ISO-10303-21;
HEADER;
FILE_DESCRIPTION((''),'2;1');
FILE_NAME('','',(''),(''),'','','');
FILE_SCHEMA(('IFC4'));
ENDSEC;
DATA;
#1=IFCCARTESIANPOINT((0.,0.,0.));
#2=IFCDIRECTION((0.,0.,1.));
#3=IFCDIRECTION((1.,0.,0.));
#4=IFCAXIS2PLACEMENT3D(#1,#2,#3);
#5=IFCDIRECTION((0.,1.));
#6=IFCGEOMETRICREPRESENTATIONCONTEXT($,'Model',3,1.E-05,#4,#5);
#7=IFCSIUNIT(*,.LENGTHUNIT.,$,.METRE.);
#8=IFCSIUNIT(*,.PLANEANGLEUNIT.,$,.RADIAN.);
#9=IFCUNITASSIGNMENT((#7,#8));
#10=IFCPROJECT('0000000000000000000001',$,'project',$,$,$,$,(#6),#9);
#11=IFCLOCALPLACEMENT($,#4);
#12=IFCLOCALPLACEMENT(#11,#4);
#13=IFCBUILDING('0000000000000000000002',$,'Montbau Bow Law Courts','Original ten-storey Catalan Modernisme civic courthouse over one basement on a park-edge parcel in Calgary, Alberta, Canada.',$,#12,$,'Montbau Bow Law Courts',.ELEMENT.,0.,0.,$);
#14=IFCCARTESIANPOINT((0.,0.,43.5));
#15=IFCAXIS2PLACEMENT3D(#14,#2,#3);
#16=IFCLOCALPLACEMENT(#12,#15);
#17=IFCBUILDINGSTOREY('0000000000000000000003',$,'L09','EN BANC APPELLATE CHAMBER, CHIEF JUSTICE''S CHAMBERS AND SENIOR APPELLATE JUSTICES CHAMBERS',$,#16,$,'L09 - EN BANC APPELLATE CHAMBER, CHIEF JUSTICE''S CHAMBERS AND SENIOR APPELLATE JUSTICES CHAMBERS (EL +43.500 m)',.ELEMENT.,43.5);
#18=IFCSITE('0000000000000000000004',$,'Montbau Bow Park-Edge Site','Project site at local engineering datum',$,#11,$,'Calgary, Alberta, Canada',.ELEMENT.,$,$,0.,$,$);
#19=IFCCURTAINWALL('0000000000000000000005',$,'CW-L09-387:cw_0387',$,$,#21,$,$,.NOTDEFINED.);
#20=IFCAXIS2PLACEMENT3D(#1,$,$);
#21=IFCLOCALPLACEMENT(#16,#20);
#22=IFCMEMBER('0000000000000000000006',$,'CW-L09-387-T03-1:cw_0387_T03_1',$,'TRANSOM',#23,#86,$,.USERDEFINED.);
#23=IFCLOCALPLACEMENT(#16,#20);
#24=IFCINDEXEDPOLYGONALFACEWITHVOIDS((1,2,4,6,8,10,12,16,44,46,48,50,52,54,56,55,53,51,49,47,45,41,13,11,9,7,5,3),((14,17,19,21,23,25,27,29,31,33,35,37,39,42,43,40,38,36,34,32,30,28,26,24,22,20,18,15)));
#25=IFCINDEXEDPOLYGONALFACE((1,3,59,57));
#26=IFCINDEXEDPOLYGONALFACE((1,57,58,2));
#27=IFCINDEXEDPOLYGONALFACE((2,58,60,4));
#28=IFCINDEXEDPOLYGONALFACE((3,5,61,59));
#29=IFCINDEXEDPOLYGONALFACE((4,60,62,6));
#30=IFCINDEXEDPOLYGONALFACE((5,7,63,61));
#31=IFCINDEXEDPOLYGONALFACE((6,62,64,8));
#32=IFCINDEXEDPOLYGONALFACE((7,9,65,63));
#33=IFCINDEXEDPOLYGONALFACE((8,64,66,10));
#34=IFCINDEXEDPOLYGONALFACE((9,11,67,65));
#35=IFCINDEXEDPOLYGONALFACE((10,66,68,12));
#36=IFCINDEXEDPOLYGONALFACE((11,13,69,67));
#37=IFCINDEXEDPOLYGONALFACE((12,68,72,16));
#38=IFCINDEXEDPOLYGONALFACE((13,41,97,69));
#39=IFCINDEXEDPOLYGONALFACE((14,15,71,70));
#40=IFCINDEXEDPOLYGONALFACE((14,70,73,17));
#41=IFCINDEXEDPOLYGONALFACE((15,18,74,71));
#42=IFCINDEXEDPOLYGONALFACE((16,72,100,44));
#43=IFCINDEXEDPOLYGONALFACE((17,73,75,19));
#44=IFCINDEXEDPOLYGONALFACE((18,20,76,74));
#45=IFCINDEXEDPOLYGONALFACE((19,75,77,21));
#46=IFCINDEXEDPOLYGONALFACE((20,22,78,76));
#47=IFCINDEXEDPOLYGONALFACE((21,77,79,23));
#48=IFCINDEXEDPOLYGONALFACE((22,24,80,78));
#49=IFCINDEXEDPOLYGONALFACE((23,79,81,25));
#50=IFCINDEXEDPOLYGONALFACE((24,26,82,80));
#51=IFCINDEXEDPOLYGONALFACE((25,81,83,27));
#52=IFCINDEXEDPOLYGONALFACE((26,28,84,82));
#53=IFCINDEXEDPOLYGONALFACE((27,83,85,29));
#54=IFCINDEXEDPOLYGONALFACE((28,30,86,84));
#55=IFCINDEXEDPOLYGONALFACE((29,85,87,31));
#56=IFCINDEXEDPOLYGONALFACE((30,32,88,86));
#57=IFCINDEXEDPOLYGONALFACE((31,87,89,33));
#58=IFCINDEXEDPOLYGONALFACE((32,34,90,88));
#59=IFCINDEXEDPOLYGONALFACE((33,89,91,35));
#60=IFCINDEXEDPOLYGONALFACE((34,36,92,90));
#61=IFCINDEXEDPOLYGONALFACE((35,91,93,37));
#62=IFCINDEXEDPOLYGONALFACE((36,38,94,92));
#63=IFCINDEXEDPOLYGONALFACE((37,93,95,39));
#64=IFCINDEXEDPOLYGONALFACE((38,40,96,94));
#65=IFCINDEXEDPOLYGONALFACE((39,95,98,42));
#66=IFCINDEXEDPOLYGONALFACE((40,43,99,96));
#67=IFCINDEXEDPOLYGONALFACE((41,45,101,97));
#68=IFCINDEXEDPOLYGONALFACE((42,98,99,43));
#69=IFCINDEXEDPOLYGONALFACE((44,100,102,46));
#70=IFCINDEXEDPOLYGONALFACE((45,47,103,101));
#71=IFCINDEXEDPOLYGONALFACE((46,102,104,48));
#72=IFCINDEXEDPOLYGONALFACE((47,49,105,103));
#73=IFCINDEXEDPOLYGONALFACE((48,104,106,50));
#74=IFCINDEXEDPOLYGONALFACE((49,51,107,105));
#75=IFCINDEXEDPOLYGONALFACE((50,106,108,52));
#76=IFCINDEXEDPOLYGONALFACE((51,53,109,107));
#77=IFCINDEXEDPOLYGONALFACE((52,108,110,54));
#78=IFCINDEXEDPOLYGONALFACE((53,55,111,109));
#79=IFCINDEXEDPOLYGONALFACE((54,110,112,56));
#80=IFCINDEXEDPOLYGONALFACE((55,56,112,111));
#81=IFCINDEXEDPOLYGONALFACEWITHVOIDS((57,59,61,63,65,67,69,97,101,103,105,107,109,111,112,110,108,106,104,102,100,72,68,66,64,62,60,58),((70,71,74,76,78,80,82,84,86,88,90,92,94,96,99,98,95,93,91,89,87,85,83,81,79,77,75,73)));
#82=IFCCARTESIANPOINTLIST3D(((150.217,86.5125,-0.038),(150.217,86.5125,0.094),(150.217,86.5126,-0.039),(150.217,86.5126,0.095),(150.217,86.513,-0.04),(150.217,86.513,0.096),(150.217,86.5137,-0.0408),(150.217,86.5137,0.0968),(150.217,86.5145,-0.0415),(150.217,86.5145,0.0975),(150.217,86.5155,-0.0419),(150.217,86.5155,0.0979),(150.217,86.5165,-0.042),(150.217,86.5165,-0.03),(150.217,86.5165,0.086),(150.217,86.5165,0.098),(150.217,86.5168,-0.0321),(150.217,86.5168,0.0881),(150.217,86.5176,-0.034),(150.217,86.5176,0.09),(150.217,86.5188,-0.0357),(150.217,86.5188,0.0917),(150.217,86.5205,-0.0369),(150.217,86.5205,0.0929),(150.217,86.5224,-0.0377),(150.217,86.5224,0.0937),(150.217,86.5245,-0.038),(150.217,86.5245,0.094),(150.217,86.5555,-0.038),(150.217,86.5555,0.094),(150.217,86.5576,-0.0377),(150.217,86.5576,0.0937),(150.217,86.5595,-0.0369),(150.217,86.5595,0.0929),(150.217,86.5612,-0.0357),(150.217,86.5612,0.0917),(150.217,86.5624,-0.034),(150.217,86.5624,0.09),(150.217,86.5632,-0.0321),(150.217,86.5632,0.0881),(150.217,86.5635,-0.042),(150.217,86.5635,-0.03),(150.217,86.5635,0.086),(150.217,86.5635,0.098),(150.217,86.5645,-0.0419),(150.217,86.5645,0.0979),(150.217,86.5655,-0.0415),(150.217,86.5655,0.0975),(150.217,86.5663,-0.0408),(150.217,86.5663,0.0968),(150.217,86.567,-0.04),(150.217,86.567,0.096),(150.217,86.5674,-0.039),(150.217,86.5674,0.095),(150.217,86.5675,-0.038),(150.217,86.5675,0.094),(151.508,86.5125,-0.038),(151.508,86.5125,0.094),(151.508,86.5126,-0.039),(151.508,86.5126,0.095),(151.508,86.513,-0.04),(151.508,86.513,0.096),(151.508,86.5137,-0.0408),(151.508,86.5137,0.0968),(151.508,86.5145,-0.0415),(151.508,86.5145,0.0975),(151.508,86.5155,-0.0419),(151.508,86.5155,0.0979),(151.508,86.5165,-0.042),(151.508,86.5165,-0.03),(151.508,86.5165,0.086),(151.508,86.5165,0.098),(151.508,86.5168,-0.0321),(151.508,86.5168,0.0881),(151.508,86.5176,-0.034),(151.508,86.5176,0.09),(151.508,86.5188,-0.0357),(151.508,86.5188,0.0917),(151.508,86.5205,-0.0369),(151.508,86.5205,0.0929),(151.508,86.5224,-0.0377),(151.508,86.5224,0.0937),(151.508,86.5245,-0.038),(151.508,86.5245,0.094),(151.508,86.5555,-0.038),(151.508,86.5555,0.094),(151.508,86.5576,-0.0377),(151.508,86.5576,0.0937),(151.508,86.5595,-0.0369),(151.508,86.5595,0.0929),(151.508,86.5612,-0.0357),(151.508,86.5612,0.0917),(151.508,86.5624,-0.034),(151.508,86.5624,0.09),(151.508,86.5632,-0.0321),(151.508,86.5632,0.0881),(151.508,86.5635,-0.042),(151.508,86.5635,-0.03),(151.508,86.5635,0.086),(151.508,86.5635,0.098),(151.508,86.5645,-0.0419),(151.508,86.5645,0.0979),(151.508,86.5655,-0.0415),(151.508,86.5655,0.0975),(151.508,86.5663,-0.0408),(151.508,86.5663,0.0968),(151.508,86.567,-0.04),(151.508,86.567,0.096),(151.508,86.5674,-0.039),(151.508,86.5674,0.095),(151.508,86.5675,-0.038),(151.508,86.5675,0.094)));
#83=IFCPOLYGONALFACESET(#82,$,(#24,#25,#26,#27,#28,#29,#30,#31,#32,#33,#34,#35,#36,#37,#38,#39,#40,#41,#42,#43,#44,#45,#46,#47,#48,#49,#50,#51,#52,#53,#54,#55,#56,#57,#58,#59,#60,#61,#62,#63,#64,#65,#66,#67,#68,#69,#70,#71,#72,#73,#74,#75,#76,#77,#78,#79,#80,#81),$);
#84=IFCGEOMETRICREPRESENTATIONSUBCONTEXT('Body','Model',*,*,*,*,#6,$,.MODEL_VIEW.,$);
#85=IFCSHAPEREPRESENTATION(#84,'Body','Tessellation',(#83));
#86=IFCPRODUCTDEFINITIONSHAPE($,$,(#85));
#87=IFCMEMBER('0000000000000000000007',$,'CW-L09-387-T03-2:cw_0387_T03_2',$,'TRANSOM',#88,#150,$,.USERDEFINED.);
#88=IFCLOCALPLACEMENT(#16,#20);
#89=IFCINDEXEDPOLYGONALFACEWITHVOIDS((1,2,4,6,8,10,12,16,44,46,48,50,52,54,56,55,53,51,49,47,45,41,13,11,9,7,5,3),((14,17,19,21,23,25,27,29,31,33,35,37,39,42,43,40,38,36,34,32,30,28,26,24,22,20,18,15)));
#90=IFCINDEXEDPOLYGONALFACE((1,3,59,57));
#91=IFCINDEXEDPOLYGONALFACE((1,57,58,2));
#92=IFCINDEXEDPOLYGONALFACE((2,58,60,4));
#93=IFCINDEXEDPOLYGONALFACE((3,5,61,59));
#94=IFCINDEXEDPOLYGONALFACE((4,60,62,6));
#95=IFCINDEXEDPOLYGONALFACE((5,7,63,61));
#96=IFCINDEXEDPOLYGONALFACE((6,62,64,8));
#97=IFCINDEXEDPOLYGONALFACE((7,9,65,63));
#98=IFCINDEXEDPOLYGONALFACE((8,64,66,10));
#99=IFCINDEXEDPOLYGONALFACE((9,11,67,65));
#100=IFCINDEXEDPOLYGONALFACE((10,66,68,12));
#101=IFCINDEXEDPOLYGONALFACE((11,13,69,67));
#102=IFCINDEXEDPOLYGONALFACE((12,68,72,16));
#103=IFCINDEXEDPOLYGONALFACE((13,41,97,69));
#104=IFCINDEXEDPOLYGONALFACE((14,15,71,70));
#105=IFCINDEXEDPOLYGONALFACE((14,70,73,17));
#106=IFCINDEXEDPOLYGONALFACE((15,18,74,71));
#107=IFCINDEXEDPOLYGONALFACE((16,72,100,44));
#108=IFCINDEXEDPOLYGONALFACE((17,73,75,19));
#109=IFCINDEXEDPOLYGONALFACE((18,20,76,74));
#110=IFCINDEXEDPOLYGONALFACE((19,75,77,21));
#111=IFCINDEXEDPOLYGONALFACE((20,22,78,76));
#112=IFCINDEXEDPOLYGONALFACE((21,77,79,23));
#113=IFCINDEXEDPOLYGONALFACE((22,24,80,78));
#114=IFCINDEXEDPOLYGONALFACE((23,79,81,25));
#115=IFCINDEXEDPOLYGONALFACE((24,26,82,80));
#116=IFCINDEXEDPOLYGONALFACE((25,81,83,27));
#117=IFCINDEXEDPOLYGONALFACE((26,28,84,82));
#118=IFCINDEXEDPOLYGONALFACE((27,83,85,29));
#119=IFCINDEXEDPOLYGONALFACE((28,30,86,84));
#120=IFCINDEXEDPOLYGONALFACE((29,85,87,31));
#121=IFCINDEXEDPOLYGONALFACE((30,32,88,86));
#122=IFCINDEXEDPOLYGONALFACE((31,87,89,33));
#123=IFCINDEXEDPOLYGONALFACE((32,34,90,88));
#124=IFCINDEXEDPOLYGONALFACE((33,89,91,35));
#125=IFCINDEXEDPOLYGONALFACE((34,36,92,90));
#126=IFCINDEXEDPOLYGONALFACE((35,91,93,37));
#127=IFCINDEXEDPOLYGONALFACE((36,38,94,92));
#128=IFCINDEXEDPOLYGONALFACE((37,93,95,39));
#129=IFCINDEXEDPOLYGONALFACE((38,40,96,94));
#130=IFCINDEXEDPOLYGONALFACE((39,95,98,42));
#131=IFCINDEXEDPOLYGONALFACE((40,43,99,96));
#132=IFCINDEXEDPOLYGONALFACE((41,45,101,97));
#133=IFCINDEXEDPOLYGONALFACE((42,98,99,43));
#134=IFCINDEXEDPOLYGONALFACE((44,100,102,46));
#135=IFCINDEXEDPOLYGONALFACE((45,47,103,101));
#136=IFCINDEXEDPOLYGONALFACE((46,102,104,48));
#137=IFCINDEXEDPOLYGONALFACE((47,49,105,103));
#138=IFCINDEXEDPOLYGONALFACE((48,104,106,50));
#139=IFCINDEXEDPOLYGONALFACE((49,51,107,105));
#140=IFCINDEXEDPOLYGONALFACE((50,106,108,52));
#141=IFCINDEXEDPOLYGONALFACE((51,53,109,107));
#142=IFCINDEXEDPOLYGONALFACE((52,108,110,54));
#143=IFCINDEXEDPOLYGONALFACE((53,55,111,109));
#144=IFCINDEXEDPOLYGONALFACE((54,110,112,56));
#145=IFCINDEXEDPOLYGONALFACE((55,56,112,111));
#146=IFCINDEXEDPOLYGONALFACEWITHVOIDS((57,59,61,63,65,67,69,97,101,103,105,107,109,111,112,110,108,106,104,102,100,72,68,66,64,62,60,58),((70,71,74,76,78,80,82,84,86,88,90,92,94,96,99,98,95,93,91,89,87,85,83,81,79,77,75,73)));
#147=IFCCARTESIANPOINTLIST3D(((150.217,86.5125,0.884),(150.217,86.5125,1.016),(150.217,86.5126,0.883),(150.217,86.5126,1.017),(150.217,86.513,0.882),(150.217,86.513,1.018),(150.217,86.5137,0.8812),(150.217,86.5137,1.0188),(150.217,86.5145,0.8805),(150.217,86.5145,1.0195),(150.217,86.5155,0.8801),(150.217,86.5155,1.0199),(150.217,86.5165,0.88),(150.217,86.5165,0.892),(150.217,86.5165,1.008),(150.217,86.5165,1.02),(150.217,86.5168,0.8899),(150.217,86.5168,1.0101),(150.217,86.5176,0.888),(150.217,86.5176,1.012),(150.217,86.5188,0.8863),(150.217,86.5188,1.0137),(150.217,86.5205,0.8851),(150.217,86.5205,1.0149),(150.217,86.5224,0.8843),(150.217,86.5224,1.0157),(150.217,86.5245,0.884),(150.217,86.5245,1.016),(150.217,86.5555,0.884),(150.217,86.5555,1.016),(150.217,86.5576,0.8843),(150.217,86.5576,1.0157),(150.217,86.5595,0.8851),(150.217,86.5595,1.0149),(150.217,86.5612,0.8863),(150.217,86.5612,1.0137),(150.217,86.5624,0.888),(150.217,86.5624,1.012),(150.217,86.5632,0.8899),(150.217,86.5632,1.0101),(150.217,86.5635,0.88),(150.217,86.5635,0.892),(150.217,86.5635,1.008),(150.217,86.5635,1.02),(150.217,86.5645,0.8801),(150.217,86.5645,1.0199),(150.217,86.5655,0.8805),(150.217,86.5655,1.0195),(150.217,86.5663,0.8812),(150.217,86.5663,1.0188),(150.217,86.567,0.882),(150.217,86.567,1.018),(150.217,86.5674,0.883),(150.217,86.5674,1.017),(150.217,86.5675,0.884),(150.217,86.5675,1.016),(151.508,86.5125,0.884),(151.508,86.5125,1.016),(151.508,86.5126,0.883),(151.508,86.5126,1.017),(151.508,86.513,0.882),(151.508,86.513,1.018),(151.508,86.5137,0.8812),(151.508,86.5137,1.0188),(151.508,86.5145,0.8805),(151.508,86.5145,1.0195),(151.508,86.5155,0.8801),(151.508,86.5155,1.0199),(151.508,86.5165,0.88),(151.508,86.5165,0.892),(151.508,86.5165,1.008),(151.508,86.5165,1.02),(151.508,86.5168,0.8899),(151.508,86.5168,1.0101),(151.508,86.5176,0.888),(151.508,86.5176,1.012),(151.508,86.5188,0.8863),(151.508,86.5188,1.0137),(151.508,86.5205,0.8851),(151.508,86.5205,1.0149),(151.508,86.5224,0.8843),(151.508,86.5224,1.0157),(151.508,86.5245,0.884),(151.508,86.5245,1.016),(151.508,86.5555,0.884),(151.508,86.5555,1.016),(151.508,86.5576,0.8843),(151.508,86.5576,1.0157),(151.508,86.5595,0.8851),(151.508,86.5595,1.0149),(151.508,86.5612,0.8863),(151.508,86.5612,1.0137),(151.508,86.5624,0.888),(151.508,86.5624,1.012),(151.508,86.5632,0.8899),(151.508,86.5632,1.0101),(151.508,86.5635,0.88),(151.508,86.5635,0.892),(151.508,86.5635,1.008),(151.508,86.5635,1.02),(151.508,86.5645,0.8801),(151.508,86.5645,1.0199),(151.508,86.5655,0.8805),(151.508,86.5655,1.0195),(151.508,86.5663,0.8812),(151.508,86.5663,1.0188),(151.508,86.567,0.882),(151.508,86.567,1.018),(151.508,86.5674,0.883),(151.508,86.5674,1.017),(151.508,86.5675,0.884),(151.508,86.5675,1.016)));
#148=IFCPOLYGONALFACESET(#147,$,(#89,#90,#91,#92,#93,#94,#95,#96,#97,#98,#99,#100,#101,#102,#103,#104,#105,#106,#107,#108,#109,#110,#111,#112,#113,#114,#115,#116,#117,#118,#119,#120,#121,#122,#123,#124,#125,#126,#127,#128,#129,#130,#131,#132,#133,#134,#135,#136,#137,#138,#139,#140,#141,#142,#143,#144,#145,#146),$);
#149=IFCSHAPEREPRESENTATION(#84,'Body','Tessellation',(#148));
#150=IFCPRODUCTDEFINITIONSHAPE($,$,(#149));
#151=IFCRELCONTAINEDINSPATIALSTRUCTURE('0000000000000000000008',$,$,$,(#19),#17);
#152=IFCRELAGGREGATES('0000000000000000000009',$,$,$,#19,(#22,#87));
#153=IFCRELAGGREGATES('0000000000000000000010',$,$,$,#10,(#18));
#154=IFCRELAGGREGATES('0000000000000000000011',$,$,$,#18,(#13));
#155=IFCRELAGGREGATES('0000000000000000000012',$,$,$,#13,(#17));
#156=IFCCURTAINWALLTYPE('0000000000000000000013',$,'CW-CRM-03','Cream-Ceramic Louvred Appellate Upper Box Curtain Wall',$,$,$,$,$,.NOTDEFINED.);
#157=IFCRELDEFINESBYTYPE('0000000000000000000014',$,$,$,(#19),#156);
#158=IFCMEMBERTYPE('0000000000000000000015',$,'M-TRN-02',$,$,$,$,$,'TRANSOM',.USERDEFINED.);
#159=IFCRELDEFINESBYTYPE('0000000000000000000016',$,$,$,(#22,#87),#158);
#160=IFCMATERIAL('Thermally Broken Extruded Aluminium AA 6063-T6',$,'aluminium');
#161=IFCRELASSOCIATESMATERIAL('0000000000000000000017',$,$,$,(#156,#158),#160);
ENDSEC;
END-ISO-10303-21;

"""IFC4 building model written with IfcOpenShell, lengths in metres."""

from ifc_helpers import new_model, si_unit, direction, frame, origin_with_axes, origin_2d_with_axis, place, context, subcontext, project, spatial, hollow_rectangle, extrude, material, material_profile, profile_set, type_object, element, aggregate, save


model = new_model("IFC4")

# Units and contexts
model_context = context("Model", 3, precision=1e-05, world=origin_with_axes(), true_north=direction((0.0, 1.0)))
body_context = subcontext(model_context, "Body", "Model", "MODEL_VIEW")
ifc_project = project(units=[si_unit("LENGTHUNIT", "METRE"), si_unit("PLANEANGLEUNIT", "RADIAN")], contexts=[model_context])

# Site, building, storey
site_placement = place(None, origin_with_axes())
site = spatial("IfcSite", under=ifc_project, at=site_placement, Name="Montbau Bow Park-Edge Site", Description="Project site at local engineering datum", LongName="Calgary, Alberta, Canada", CompositionType="ELEMENT", RefElevation=0.0)
building_placement = place(site_placement, origin_with_axes())
building = spatial("IfcBuilding", under=site, at=building_placement, Name="Montbau Bow Law Courts", Description="Original ten-storey Catalan Modernisme civic courthouse over one basement on a park-edge parcel in Calgary, Alberta, Canada.", LongName="Montbau Bow Law Courts", CompositionType="ELEMENT", ElevationOfRefHeight=0.0, ElevationOfTerrain=0.0)
storey_placement = place(building_placement, frame((0.0, 0.0, 43.5), z_axis=(0.0, 0.0, 1.0), x_axis=(1.0, 0.0, 0.0)))
storey = spatial("IfcBuildingStorey", under=building, at=storey_placement, Name="L09", Description="EN BANC APPELLATE CHAMBER, CHIEF JUSTICE'S CHAMBERS AND SENIOR APPELLATE JUSTICES CHAMBERS", LongName="L09 - EN BANC APPELLATE CHAMBER, CHIEF JUSTICE'S CHAMBERS AND SENIOR APPELLATE JUSTICES CHAMBERS (EL +43.500 m)", CompositionType="ELEMENT", Elevation=43.5)

# Curtain wall, members
ifc_material_1 = material(Name="Thermally Broken Extruded Aluminium AA 6063-T6", Category="aluminium")
curtain_wall_type = type_object("IfcCurtainWallType", Name="CW-CRM-03", Description="Cream-Ceramic Louvred Appellate Upper Box Curtain Wall", PredefinedType="NOTDEFINED", material=ifc_material_1)
curtain_wall_placement = place(None, frame((147.44, 86.54, 43.5), z_axis=(0.0, 0.0, 1.0), x_axis=(1.0, 0.0, 0.0)))
curtain_wall = element("IfcCurtainWall", 1, at=curtain_wall_placement, inside=storey, type_object=curtain_wall_type, Name="CW-L09-387:cw_0387", PredefinedType="NOTDEFINED")
ifc_material_profile_1 = material_profile(ifc_material_1, hollow_rectangle(XDim=0.055, YDim=0.14, WallThickness=0.004, InnerFilletRadius=0.008, OuterFilletRadius=0.004, at=origin_2d_with_axis()), Name="CWT-140X55", Category="Main", Priority=0)
ifc_profile_set_1 = profile_set([ifc_material_profile_1], Name="Thermally Broken Extruded Aluminium AA 6063-T6")
member_type_1 = type_object("IfcMemberType", Name="M-TRN-02", ElementType="TRANSOM", PredefinedType="USERDEFINED", material=ifc_profile_set_1)
member_1_placement = place(None, frame((150.217, 86.54, 43.528), z_axis=(1.0, 0.0, 0.0), x_axis=(0.0, 1.0, 0.0)))
member_1 = element("IfcMember", 2, at=member_1_placement, type_object=member_type_1, Name="CW-L09-387-T03-1:cw_0387_T03_1", ObjectType="TRANSOM", PredefinedType="USERDEFINED", context=body_context, shape_type="SweptSolid", body=[
    extrude(hollow_rectangle(XDim=0.055, YDim=0.14, WallThickness=0.004, InnerFilletRadius=0.008, OuterFilletRadius=0.004, at=origin_2d_with_axis()), origin_with_axes(), (0.0, 0.0, 1.0), 1.291),
])
member_2_placement = place(None, frame((150.217, 86.54, 44.45), z_axis=(1.0, 0.0, 0.0), x_axis=(0.0, 1.0, 0.0)))
member_2 = element("IfcMember", 3, at=member_2_placement, type_object=member_type_1, Name="CW-L09-387-T03-2:cw_0387_T03_2", ObjectType="TRANSOM", PredefinedType="USERDEFINED", context=body_context, shape_type="SweptSolid", body=[
    extrude(hollow_rectangle(XDim=0.055, YDim=0.14, WallThickness=0.004, InnerFilletRadius=0.008, OuterFilletRadius=0.004, at=origin_2d_with_axis()), origin_with_axes(), (0.0, 0.0, 1.0), 1.291),
])
aggregate(curtain_wall, [member_1, member_2])

save(model, "model.ifc")
